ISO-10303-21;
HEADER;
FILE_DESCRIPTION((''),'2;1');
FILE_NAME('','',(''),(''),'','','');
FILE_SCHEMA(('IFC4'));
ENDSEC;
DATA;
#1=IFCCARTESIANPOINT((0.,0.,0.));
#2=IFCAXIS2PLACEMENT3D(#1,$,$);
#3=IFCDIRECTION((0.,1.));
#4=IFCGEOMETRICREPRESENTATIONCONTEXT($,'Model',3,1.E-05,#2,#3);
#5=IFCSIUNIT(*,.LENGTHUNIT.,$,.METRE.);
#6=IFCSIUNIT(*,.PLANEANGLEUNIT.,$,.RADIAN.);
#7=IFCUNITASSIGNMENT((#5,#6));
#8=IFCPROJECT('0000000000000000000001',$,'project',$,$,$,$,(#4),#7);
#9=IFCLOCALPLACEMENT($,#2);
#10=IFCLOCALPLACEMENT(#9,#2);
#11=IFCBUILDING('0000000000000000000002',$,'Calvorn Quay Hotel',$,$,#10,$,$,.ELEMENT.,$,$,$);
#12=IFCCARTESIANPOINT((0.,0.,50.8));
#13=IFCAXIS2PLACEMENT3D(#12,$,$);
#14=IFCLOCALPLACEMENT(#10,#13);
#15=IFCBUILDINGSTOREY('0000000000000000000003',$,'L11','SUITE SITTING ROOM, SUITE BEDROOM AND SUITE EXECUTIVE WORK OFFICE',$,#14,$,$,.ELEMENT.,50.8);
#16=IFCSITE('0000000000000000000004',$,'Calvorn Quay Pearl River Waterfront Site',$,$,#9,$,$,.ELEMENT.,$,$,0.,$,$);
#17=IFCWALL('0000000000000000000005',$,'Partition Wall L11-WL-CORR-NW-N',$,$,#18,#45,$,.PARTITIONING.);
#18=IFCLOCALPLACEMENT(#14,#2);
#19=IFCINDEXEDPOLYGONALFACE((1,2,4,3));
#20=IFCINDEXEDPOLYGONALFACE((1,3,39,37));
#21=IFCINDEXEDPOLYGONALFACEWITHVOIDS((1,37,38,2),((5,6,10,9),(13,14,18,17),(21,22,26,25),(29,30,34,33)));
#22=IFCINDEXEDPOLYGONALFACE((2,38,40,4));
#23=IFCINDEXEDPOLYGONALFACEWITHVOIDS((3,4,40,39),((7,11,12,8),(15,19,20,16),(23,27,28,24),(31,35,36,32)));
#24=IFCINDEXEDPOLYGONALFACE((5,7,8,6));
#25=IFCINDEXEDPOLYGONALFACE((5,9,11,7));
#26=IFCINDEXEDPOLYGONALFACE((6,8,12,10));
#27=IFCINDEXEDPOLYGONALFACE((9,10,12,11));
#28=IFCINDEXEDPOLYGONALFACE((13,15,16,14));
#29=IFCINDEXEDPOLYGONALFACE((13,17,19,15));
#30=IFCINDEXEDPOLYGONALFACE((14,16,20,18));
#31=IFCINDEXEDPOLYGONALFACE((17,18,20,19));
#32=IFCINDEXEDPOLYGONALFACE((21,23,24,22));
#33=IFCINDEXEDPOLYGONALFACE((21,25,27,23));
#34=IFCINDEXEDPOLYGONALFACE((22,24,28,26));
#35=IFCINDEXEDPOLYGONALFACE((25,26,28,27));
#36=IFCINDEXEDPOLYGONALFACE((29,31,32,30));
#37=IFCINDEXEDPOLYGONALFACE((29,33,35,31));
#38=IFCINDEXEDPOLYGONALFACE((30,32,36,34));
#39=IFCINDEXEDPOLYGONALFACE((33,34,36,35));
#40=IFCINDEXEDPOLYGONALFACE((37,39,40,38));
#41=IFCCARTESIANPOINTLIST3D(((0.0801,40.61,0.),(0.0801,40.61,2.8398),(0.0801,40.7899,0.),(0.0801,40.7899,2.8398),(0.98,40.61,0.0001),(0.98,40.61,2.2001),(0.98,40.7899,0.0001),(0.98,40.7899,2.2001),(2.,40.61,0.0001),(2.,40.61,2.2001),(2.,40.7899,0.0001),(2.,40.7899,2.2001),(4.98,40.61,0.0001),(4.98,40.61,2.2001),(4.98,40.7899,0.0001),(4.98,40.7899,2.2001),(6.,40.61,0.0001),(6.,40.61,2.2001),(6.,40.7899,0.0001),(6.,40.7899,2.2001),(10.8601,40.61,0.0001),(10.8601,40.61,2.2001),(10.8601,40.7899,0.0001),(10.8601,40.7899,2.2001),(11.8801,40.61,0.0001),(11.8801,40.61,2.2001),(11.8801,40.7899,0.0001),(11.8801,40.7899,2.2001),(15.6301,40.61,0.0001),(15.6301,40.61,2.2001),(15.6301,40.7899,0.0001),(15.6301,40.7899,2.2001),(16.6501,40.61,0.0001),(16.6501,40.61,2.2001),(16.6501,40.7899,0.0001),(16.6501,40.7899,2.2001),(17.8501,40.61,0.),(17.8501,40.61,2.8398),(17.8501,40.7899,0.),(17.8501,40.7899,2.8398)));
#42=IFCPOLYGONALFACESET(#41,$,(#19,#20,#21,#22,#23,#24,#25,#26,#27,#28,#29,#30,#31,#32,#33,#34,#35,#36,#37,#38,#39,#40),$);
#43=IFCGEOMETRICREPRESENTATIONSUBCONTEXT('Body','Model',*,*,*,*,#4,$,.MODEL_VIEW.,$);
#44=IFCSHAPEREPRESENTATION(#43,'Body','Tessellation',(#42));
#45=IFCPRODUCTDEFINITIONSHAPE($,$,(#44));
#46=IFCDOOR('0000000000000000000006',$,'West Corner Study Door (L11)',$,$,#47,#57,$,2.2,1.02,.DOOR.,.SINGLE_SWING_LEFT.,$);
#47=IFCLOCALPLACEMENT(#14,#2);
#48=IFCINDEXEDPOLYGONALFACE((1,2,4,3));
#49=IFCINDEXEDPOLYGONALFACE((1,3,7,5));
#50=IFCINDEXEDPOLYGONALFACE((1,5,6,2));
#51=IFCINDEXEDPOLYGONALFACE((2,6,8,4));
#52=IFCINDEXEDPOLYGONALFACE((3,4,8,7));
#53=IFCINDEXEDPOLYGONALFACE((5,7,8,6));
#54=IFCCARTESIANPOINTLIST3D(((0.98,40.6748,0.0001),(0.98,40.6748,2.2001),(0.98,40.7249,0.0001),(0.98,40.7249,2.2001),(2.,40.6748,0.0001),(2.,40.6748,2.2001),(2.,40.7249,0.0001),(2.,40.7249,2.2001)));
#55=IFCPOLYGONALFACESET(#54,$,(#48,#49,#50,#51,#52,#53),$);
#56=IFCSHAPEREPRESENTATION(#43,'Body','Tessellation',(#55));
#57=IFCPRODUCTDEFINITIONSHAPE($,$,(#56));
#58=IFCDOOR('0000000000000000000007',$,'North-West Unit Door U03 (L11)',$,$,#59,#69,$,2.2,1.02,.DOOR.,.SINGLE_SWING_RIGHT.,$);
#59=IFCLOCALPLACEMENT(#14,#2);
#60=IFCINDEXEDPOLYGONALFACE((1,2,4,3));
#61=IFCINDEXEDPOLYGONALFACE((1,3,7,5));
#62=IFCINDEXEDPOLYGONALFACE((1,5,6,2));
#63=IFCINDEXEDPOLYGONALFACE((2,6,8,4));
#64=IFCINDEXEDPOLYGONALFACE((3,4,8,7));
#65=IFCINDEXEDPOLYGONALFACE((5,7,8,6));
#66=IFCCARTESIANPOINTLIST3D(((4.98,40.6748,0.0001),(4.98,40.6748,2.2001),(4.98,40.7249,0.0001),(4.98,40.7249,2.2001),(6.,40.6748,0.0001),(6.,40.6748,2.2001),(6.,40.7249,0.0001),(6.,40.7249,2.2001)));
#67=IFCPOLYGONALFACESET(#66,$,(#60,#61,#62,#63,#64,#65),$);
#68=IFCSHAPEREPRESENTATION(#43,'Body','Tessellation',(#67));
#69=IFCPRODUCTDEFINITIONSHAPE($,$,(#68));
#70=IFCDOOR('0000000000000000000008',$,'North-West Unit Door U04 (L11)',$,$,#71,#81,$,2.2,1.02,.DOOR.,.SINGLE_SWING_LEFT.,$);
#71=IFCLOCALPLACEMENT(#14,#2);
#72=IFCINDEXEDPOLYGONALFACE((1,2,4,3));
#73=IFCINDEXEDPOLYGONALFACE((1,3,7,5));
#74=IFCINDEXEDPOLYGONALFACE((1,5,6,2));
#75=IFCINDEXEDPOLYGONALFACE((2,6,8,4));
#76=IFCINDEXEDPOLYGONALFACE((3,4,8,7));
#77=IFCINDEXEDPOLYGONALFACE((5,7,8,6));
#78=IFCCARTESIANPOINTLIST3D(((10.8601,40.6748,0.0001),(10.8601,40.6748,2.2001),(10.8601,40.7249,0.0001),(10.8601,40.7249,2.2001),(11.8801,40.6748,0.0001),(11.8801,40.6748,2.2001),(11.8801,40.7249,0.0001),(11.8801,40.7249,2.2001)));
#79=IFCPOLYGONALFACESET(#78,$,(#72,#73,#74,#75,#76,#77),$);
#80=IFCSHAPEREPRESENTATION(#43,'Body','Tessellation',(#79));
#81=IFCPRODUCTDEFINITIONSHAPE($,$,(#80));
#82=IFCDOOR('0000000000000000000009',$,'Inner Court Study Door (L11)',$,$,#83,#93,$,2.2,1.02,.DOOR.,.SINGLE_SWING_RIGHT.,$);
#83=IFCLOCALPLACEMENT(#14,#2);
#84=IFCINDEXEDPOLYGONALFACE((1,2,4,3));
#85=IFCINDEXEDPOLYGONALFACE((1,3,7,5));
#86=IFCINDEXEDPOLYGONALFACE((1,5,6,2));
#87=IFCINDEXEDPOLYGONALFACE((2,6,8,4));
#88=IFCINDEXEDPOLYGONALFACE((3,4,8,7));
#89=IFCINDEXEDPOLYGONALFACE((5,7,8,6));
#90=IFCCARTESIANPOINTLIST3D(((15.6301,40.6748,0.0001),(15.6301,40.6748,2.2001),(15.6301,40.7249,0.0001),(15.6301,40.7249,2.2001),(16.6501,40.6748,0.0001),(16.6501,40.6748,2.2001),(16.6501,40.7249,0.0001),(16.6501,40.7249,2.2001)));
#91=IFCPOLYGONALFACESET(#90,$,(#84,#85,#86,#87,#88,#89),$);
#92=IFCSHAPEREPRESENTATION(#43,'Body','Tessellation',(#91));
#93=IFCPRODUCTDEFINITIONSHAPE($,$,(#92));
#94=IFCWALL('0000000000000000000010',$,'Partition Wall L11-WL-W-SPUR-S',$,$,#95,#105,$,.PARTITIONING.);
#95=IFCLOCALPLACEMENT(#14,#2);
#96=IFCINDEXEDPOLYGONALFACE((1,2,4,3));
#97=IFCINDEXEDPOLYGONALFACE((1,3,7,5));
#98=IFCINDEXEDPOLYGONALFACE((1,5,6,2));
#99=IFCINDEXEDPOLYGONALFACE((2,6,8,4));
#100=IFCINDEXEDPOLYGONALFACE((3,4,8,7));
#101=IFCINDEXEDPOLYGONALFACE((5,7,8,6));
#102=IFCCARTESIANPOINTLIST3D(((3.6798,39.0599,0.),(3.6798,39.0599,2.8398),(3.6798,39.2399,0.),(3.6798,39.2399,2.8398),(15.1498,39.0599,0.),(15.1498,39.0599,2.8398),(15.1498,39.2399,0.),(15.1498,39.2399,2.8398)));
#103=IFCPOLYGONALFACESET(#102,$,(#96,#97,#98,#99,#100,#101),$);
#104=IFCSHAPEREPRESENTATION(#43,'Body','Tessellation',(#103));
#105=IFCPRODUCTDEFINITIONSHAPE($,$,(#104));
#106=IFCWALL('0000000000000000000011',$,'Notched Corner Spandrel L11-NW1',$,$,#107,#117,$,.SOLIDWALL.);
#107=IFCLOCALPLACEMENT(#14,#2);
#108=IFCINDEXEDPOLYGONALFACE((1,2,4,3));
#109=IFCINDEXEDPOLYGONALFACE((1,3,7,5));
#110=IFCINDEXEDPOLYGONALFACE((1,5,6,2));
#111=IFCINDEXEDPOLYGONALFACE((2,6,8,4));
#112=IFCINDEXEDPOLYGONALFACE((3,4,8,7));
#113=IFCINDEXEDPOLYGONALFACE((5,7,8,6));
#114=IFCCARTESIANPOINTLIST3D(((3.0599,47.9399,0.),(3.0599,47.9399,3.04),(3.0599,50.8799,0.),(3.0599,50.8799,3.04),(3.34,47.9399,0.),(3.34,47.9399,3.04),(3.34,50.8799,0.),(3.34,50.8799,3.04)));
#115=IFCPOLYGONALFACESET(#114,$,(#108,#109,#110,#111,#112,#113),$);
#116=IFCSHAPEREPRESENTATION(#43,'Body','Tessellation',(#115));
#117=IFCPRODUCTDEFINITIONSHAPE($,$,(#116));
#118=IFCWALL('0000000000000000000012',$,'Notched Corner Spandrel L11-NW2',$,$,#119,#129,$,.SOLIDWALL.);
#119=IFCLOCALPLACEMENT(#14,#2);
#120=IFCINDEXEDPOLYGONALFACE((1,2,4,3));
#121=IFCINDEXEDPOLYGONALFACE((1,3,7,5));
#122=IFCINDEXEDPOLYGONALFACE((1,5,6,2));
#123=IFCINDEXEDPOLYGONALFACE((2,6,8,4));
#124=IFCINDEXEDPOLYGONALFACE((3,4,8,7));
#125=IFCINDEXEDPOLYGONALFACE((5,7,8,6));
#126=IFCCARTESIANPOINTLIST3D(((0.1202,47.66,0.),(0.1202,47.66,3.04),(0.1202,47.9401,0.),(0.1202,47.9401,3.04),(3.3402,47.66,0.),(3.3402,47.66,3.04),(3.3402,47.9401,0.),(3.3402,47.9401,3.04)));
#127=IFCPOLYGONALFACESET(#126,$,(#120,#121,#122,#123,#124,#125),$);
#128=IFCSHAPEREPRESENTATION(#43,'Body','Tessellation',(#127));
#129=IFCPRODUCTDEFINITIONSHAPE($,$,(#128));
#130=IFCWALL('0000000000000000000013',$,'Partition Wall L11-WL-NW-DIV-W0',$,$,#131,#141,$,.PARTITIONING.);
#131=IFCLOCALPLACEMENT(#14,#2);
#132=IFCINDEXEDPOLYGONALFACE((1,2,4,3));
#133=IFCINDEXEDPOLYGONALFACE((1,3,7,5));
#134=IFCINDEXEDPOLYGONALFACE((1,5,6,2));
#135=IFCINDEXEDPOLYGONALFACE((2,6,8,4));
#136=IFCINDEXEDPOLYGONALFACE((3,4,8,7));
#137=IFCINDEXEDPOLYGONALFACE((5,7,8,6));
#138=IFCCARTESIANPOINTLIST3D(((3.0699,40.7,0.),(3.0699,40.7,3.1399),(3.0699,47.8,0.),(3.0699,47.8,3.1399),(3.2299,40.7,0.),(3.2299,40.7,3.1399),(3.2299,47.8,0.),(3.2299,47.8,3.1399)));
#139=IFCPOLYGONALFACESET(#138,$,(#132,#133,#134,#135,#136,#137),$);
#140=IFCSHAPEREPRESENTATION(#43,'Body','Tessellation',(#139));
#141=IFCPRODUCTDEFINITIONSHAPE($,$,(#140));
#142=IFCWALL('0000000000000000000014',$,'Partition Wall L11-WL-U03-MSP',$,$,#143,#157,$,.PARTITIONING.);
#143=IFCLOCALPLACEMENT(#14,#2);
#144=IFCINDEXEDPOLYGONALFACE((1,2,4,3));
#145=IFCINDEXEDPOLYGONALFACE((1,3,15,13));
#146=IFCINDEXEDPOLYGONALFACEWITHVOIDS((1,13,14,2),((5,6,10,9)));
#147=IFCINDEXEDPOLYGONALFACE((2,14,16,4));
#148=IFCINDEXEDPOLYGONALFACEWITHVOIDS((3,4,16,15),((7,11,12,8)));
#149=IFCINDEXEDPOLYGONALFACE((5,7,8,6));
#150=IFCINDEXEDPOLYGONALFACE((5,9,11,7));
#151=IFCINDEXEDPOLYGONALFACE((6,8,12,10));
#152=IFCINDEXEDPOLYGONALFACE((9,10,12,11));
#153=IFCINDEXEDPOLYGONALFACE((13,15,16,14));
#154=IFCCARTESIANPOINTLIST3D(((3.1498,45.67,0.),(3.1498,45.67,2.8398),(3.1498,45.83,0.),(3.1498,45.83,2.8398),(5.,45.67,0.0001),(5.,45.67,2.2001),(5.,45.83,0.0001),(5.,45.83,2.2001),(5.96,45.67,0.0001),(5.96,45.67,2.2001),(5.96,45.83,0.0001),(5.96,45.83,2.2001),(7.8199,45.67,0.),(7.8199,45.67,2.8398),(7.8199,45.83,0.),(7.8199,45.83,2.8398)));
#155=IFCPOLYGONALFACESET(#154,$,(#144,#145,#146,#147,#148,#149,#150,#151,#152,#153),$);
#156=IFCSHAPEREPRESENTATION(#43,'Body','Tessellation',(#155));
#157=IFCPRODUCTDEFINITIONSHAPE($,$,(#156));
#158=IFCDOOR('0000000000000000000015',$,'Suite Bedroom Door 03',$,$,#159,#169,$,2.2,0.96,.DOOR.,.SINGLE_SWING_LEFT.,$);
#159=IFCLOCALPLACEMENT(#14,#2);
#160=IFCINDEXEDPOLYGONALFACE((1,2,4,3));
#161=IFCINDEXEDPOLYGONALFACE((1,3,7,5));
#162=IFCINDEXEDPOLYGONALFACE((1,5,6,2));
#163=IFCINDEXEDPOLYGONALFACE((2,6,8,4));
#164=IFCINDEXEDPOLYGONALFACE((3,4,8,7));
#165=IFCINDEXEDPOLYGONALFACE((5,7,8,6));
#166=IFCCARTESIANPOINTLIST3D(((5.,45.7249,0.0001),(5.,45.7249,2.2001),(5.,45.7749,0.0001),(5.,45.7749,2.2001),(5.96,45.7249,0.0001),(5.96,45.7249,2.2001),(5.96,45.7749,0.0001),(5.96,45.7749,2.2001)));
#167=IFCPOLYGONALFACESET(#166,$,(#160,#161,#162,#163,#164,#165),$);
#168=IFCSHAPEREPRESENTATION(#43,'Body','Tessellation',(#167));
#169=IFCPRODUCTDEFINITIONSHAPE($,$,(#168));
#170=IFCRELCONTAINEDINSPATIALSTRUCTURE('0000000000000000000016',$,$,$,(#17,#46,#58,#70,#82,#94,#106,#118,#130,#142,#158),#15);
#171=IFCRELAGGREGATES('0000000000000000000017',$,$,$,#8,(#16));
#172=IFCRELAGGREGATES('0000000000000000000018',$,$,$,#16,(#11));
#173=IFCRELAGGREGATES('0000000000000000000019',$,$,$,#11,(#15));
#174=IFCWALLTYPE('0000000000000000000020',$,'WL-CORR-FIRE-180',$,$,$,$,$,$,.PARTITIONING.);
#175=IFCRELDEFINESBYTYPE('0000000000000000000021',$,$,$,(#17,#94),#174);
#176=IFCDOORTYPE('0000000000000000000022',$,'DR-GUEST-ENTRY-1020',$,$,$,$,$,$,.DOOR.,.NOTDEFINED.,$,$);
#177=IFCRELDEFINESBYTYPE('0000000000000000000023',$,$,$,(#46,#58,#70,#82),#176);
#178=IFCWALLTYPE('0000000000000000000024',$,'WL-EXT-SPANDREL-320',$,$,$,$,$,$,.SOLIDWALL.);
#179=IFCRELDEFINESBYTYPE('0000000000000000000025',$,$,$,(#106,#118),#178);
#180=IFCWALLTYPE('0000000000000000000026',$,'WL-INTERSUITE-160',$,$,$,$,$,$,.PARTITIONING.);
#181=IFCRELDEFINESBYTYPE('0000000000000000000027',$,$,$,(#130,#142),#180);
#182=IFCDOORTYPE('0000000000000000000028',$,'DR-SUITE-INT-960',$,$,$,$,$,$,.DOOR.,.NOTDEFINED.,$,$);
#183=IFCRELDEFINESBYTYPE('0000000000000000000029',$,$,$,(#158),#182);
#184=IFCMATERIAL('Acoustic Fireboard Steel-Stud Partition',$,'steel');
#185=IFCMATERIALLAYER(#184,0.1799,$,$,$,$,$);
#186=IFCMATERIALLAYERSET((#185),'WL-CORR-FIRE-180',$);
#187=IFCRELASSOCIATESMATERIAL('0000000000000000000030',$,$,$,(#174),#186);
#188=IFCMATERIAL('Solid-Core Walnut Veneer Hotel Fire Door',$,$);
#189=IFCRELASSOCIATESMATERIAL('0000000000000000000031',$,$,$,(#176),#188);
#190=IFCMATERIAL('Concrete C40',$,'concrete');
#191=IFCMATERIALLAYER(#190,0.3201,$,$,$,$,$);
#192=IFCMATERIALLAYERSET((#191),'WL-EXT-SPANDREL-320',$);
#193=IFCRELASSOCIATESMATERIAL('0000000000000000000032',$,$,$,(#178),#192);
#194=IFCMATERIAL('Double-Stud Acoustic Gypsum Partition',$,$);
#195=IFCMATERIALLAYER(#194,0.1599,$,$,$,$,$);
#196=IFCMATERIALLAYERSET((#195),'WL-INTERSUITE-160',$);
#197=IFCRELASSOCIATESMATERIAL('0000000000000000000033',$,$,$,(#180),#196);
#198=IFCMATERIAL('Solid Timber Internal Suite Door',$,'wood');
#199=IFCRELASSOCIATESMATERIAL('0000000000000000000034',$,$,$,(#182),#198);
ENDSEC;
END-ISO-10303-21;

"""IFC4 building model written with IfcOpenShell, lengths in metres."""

from ifc_helpers import new_model, si_unit, direction, frame, frame_2d, origin, place, context, subcontext, project, spatial, rectangle, extrude, material, layer, layer_set, type_object, element, fill, save


model = new_model("IFC4")

# Units and contexts
model_context = context("Model", 3, precision=1e-05, world=origin(), true_north=direction((0.0, 1.0)))
body_context = subcontext(model_context, "Body", "Model", "MODEL_VIEW")
ifc_project = project(units=[si_unit("LENGTHUNIT", "METRE"), si_unit("PLANEANGLEUNIT", "RADIAN")], contexts=[model_context])

# Site, building, storey
site_placement = place(None, origin())
site = spatial("IfcSite", under=ifc_project, at=site_placement, Name="Calvorn Quay Pearl River Waterfront Site", CompositionType="ELEMENT", RefElevation=0.0)
building_placement = place(site_placement, origin())
building = spatial("IfcBuilding", under=site, at=building_placement, Name="Calvorn Quay Hotel", CompositionType="ELEMENT")
storey_placement = place(building_placement, frame((0.0, 0.0, 50.8)))
storey = spatial("IfcBuildingStorey", under=building, at=storey_placement, Name="L11", Description="SUITE SITTING ROOM, SUITE BEDROOM AND SUITE EXECUTIVE WORK OFFICE", CompositionType="ELEMENT", Elevation=50.8)

# Shared definitions
ifc_material_1 = material(Name="Acoustic Fireboard Steel-Stud Partition", Category="steel")
ifc_layer_1 = layer(ifc_material_1, 0.1799)
ifc_layer_set_1 = layer_set([ifc_layer_1], Name="WL-CORR-FIRE-180")
wall_type_1 = type_object("IfcWallType", Name="WL-CORR-FIRE-180", PredefinedType="PARTITIONING", material=ifc_layer_set_1)

# Wall, openings, doors
wall_1_placement = place(storey_placement, frame((0.0801, 40.7, 0.0), z_axis=(0.0, 0.0, 1.0), x_axis=(1.0, 0.0, 0.0)))
wall_1 = element("IfcWall", 1, at=wall_1_placement, inside=storey, type_object=wall_type_1, Name="Partition Wall L11-WL-CORR-NW-N", PredefinedType="PARTITIONING", context=body_context, shape_type="SweptSolid", body=[
    extrude(rectangle(XDim=17.77, YDim=0.1799, at=frame_2d((8.885, 0.0))), origin(), (0.0, 0.0, 1.0), 2.8398),
])
opening_1_placement = place(wall_1_placement, frame((0.8999, 0.0, 0.0)))
opening_1 = element("IfcOpeningElement", 2, at=opening_1_placement, cuts=wall_1, PredefinedType="OPENING", context=body_context, shape_type="SweptSolid", body=[
    extrude(rectangle(XDim=1.02, YDim=2.2, at=frame_2d((0.51, 1.1001))), frame((0.0, 0.0999, 0.0), z_axis=(0.0, -1.0, 0.0), x_axis=(1.0, 0.0, 0.0)), (0.0, 0.0, 1.0), 0.2),
])
opening_2_placement = place(wall_1_placement, frame((4.8999, 0.0, 0.0)))
opening_2 = element("IfcOpeningElement", 3, at=opening_2_placement, cuts=wall_1, PredefinedType="OPENING", context=body_context, shape_type="SweptSolid", body=[
    extrude(rectangle(XDim=1.02, YDim=2.2, at=frame_2d((0.51, 1.1001))), frame((0.0, 0.0999, 0.0), z_axis=(0.0, -1.0, 0.0), x_axis=(1.0, 0.0, 0.0)), (0.0, 0.0, 1.0), 0.2),
])
opening_3_placement = place(wall_1_placement, frame((10.78, 0.0, 0.0)))
opening_3 = element("IfcOpeningElement", 4, at=opening_3_placement, cuts=wall_1, PredefinedType="OPENING", context=body_context, shape_type="SweptSolid", body=[
    extrude(rectangle(XDim=1.02, YDim=2.2, at=frame_2d((0.51, 1.1001))), frame((0.0, 0.0999, 0.0), z_axis=(0.0, -1.0, 0.0), x_axis=(1.0, 0.0, 0.0)), (0.0, 0.0, 1.0), 0.2),
])
opening_4_placement = place(wall_1_placement, frame((15.55, 0.0, 0.0)))
opening_4 = element("IfcOpeningElement", 5, at=opening_4_placement, cuts=wall_1, PredefinedType="OPENING", context=body_context, shape_type="SweptSolid", body=[
    extrude(rectangle(XDim=1.02, YDim=2.2, at=frame_2d((0.51, 1.1001))), frame((0.0, 0.0999, 0.0), z_axis=(0.0, -1.0, 0.0), x_axis=(1.0, 0.0, 0.0)), (0.0, 0.0, 1.0), 0.2),
])
ifc_material_2 = material(Name="Solid-Core Walnut Veneer Hotel Fire Door")
door_type_1 = type_object("IfcDoorType", Name="DR-GUEST-ENTRY-1020", OperationType="NOTDEFINED", PredefinedType="DOOR", material=ifc_material_2)
door_1_placement = place(opening_1_placement, origin())
door_1 = element("IfcDoor", 6, at=door_1_placement, inside=storey, type_object=door_type_1, Name="West Corner Study Door (L11)", OperationType="SINGLE_SWING_LEFT", OverallHeight=2.2, OverallWidth=1.02, PredefinedType="DOOR", context=body_context, shape_type="SweptSolid", body=[
    extrude(rectangle(XDim=1.02, YDim=2.2, at=frame_2d((0.51, 1.1001))), frame((0.0, 0.0249, 0.0), z_axis=(0.0, -1.0, 0.0), x_axis=(1.0, 0.0, 0.0)), (0.0, 0.0, 1.0), 0.05),
])
fill(opening_1, door_1)
door_2_placement = place(opening_2_placement, origin())
door_2 = element("IfcDoor", 7, at=door_2_placement, inside=storey, type_object=door_type_1, Name="North-West Unit Door U03 (L11)", OperationType="SINGLE_SWING_RIGHT", OverallHeight=2.2, OverallWidth=1.02, PredefinedType="DOOR", context=body_context, shape_type="SweptSolid", body=[
    extrude(rectangle(XDim=1.02, YDim=2.2, at=frame_2d((0.51, 1.1001))), frame((0.0, 0.0249, 0.0), z_axis=(0.0, -1.0, 0.0), x_axis=(1.0, 0.0, 0.0)), (0.0, 0.0, 1.0), 0.05),
])
fill(opening_2, door_2)
door_3_placement = place(opening_3_placement, origin())
door_3 = element("IfcDoor", 8, at=door_3_placement, inside=storey, type_object=door_type_1, Name="North-West Unit Door U04 (L11)", OperationType="SINGLE_SWING_LEFT", OverallHeight=2.2, OverallWidth=1.02, PredefinedType="DOOR", context=body_context, shape_type="SweptSolid", body=[
    extrude(rectangle(XDim=1.02, YDim=2.2, at=frame_2d((0.51, 1.1001))), frame((0.0, 0.0249, 0.0), z_axis=(0.0, -1.0, 0.0), x_axis=(1.0, 0.0, 0.0)), (0.0, 0.0, 1.0), 0.05),
])
fill(opening_3, door_3)
door_4_placement = place(opening_4_placement, origin())
door_4 = element("IfcDoor", 9, at=door_4_placement, inside=storey, type_object=door_type_1, Name="Inner Court Study Door (L11)", OperationType="SINGLE_SWING_RIGHT", OverallHeight=2.2, OverallWidth=1.02, PredefinedType="DOOR", context=body_context, shape_type="SweptSolid", body=[
    extrude(rectangle(XDim=1.02, YDim=2.2, at=frame_2d((0.51, 1.1001))), frame((0.0, 0.0249, 0.0), z_axis=(0.0, -1.0, 0.0), x_axis=(1.0, 0.0, 0.0)), (0.0, 0.0, 1.0), 0.05),
])
fill(opening_4, door_4)

# Walls
wall_2_placement = place(storey_placement, frame((3.6799, 39.1499, 0.0), z_axis=(0.0, 0.0, 1.0), x_axis=(1.0, 0.0, 0.0)))
element("IfcWall", 10, at=wall_2_placement, inside=storey, type_object=wall_type_1, Name="Partition Wall L11-WL-W-SPUR-S", PredefinedType="PARTITIONING", context=body_context, shape_type="SweptSolid", body=[
    extrude(rectangle(XDim=11.47, YDim=0.1799, at=frame_2d((5.7349, 0.0))), origin(), (0.0, 0.0, 1.0), 2.8398),
])
ifc_material_3 = material(Name="Concrete C40", Category="concrete")
ifc_layer_2 = layer(ifc_material_3, 0.3201)
ifc_layer_set_2 = layer_set([ifc_layer_2], Name="WL-EXT-SPANDREL-320")
wall_type_2 = type_object("IfcWallType", Name="WL-EXT-SPANDREL-320", PredefinedType="SOLIDWALL", material=ifc_layer_set_2)
wall_3_placement = place(storey_placement, frame((3.2, 50.8799, 0.0), z_axis=(0.0, 0.0, 1.0), x_axis=(0.0, -1.0, 0.0)))
element("IfcWall", 11, at=wall_3_placement, inside=storey, type_object=wall_type_2, Name="Notched Corner Spandrel L11-NW1", PredefinedType="SOLIDWALL", context=body_context, shape_type="SweptSolid", body=[
    extrude(rectangle(XDim=2.9399, YDim=0.28, at=frame_2d((1.47, 0.0))), origin(), (0.0, 0.0, 1.0), 3.04),
])
wall_4_placement = place(storey_placement, frame((3.3401, 47.8, 0.0), z_axis=(0.0, 0.0, 1.0), x_axis=(-1.0, 0.0, 0.0)))
element("IfcWall", 12, at=wall_4_placement, inside=storey, type_object=wall_type_2, Name="Notched Corner Spandrel L11-NW2", PredefinedType="SOLIDWALL", context=body_context, shape_type="SweptSolid", body=[
    extrude(rectangle(XDim=3.22, YDim=0.28, at=frame_2d((1.6099, 0.0))), origin(), (0.0, 0.0, 1.0), 3.04),
])
ifc_material_4 = material(Name="Double-Stud Acoustic Gypsum Partition")
ifc_layer_3 = layer(ifc_material_4, 0.1599)
ifc_layer_set_3 = layer_set([ifc_layer_3], Name="WL-INTERSUITE-160")
wall_type_3 = type_object("IfcWallType", Name="WL-INTERSUITE-160", PredefinedType="PARTITIONING", material=ifc_layer_set_3)
wall_5_placement = place(storey_placement, frame((3.1499, 40.7, 0.0), z_axis=(0.0, 0.0, 1.0), x_axis=(0.0, 1.0, 0.0)))
element("IfcWall", 13, at=wall_5_placement, inside=storey, type_object=wall_type_3, Name="Partition Wall L11-WL-NW-DIV-W0", PredefinedType="PARTITIONING", context=body_context, shape_type="SweptSolid", body=[
    extrude(rectangle(XDim=7.1001, YDim=0.1599, at=frame_2d((3.55, 0.0))), origin(), (0.0, 0.0, 1.0), 3.1399),
])

# Wall, opening, door
wall_6_placement = place(storey_placement, frame((3.1499, 45.75, 0.0), z_axis=(0.0, 0.0, 1.0), x_axis=(1.0, 0.0, 0.0)))
wall_6 = element("IfcWall", 14, at=wall_6_placement, inside=storey, type_object=wall_type_3, Name="Partition Wall L11-WL-U03-MSP", PredefinedType="PARTITIONING", context=body_context, shape_type="SweptSolid", body=[
    extrude(rectangle(XDim=4.6702, YDim=0.1599, at=frame_2d((2.335, 0.0))), origin(), (0.0, 0.0, 1.0), 2.8398),
])
opening_5_placement = place(wall_6_placement, frame((1.8501, 0.0, 0.0)))
opening_5 = element("IfcOpeningElement", 15, at=opening_5_placement, cuts=wall_6, PredefinedType="OPENING", context=body_context, shape_type="SweptSolid", body=[
    extrude(rectangle(XDim=0.96, YDim=2.2, at=frame_2d((0.48, 1.1001))), frame((0.0, 0.0898, 0.0), z_axis=(0.0, -1.0, 0.0), x_axis=(1.0, 0.0, 0.0)), (0.0, 0.0, 1.0), 0.1799),
])
ifc_material_5 = material(Name="Solid Timber Internal Suite Door", Category="wood")
door_type_2 = type_object("IfcDoorType", Name="DR-SUITE-INT-960", OperationType="NOTDEFINED", PredefinedType="DOOR", material=ifc_material_5)
door_5_placement = place(opening_5_placement, origin())
door_5 = element("IfcDoor", 16, at=door_5_placement, inside=storey, type_object=door_type_2, Name="Suite Bedroom Door 03", OperationType="SINGLE_SWING_LEFT", OverallHeight=2.2, OverallWidth=0.96, PredefinedType="DOOR", context=body_context, shape_type="SweptSolid", body=[
    extrude(rectangle(XDim=0.96, YDim=2.2, at=frame_2d((0.48, 1.1001))), frame((0.0, 0.0249, 0.0), z_axis=(0.0, -1.0, 0.0), x_axis=(1.0, 0.0, 0.0)), (0.0, 0.0, 1.0), 0.05),
])
fill(opening_5, door_5)

save(model, "model.ifc")
